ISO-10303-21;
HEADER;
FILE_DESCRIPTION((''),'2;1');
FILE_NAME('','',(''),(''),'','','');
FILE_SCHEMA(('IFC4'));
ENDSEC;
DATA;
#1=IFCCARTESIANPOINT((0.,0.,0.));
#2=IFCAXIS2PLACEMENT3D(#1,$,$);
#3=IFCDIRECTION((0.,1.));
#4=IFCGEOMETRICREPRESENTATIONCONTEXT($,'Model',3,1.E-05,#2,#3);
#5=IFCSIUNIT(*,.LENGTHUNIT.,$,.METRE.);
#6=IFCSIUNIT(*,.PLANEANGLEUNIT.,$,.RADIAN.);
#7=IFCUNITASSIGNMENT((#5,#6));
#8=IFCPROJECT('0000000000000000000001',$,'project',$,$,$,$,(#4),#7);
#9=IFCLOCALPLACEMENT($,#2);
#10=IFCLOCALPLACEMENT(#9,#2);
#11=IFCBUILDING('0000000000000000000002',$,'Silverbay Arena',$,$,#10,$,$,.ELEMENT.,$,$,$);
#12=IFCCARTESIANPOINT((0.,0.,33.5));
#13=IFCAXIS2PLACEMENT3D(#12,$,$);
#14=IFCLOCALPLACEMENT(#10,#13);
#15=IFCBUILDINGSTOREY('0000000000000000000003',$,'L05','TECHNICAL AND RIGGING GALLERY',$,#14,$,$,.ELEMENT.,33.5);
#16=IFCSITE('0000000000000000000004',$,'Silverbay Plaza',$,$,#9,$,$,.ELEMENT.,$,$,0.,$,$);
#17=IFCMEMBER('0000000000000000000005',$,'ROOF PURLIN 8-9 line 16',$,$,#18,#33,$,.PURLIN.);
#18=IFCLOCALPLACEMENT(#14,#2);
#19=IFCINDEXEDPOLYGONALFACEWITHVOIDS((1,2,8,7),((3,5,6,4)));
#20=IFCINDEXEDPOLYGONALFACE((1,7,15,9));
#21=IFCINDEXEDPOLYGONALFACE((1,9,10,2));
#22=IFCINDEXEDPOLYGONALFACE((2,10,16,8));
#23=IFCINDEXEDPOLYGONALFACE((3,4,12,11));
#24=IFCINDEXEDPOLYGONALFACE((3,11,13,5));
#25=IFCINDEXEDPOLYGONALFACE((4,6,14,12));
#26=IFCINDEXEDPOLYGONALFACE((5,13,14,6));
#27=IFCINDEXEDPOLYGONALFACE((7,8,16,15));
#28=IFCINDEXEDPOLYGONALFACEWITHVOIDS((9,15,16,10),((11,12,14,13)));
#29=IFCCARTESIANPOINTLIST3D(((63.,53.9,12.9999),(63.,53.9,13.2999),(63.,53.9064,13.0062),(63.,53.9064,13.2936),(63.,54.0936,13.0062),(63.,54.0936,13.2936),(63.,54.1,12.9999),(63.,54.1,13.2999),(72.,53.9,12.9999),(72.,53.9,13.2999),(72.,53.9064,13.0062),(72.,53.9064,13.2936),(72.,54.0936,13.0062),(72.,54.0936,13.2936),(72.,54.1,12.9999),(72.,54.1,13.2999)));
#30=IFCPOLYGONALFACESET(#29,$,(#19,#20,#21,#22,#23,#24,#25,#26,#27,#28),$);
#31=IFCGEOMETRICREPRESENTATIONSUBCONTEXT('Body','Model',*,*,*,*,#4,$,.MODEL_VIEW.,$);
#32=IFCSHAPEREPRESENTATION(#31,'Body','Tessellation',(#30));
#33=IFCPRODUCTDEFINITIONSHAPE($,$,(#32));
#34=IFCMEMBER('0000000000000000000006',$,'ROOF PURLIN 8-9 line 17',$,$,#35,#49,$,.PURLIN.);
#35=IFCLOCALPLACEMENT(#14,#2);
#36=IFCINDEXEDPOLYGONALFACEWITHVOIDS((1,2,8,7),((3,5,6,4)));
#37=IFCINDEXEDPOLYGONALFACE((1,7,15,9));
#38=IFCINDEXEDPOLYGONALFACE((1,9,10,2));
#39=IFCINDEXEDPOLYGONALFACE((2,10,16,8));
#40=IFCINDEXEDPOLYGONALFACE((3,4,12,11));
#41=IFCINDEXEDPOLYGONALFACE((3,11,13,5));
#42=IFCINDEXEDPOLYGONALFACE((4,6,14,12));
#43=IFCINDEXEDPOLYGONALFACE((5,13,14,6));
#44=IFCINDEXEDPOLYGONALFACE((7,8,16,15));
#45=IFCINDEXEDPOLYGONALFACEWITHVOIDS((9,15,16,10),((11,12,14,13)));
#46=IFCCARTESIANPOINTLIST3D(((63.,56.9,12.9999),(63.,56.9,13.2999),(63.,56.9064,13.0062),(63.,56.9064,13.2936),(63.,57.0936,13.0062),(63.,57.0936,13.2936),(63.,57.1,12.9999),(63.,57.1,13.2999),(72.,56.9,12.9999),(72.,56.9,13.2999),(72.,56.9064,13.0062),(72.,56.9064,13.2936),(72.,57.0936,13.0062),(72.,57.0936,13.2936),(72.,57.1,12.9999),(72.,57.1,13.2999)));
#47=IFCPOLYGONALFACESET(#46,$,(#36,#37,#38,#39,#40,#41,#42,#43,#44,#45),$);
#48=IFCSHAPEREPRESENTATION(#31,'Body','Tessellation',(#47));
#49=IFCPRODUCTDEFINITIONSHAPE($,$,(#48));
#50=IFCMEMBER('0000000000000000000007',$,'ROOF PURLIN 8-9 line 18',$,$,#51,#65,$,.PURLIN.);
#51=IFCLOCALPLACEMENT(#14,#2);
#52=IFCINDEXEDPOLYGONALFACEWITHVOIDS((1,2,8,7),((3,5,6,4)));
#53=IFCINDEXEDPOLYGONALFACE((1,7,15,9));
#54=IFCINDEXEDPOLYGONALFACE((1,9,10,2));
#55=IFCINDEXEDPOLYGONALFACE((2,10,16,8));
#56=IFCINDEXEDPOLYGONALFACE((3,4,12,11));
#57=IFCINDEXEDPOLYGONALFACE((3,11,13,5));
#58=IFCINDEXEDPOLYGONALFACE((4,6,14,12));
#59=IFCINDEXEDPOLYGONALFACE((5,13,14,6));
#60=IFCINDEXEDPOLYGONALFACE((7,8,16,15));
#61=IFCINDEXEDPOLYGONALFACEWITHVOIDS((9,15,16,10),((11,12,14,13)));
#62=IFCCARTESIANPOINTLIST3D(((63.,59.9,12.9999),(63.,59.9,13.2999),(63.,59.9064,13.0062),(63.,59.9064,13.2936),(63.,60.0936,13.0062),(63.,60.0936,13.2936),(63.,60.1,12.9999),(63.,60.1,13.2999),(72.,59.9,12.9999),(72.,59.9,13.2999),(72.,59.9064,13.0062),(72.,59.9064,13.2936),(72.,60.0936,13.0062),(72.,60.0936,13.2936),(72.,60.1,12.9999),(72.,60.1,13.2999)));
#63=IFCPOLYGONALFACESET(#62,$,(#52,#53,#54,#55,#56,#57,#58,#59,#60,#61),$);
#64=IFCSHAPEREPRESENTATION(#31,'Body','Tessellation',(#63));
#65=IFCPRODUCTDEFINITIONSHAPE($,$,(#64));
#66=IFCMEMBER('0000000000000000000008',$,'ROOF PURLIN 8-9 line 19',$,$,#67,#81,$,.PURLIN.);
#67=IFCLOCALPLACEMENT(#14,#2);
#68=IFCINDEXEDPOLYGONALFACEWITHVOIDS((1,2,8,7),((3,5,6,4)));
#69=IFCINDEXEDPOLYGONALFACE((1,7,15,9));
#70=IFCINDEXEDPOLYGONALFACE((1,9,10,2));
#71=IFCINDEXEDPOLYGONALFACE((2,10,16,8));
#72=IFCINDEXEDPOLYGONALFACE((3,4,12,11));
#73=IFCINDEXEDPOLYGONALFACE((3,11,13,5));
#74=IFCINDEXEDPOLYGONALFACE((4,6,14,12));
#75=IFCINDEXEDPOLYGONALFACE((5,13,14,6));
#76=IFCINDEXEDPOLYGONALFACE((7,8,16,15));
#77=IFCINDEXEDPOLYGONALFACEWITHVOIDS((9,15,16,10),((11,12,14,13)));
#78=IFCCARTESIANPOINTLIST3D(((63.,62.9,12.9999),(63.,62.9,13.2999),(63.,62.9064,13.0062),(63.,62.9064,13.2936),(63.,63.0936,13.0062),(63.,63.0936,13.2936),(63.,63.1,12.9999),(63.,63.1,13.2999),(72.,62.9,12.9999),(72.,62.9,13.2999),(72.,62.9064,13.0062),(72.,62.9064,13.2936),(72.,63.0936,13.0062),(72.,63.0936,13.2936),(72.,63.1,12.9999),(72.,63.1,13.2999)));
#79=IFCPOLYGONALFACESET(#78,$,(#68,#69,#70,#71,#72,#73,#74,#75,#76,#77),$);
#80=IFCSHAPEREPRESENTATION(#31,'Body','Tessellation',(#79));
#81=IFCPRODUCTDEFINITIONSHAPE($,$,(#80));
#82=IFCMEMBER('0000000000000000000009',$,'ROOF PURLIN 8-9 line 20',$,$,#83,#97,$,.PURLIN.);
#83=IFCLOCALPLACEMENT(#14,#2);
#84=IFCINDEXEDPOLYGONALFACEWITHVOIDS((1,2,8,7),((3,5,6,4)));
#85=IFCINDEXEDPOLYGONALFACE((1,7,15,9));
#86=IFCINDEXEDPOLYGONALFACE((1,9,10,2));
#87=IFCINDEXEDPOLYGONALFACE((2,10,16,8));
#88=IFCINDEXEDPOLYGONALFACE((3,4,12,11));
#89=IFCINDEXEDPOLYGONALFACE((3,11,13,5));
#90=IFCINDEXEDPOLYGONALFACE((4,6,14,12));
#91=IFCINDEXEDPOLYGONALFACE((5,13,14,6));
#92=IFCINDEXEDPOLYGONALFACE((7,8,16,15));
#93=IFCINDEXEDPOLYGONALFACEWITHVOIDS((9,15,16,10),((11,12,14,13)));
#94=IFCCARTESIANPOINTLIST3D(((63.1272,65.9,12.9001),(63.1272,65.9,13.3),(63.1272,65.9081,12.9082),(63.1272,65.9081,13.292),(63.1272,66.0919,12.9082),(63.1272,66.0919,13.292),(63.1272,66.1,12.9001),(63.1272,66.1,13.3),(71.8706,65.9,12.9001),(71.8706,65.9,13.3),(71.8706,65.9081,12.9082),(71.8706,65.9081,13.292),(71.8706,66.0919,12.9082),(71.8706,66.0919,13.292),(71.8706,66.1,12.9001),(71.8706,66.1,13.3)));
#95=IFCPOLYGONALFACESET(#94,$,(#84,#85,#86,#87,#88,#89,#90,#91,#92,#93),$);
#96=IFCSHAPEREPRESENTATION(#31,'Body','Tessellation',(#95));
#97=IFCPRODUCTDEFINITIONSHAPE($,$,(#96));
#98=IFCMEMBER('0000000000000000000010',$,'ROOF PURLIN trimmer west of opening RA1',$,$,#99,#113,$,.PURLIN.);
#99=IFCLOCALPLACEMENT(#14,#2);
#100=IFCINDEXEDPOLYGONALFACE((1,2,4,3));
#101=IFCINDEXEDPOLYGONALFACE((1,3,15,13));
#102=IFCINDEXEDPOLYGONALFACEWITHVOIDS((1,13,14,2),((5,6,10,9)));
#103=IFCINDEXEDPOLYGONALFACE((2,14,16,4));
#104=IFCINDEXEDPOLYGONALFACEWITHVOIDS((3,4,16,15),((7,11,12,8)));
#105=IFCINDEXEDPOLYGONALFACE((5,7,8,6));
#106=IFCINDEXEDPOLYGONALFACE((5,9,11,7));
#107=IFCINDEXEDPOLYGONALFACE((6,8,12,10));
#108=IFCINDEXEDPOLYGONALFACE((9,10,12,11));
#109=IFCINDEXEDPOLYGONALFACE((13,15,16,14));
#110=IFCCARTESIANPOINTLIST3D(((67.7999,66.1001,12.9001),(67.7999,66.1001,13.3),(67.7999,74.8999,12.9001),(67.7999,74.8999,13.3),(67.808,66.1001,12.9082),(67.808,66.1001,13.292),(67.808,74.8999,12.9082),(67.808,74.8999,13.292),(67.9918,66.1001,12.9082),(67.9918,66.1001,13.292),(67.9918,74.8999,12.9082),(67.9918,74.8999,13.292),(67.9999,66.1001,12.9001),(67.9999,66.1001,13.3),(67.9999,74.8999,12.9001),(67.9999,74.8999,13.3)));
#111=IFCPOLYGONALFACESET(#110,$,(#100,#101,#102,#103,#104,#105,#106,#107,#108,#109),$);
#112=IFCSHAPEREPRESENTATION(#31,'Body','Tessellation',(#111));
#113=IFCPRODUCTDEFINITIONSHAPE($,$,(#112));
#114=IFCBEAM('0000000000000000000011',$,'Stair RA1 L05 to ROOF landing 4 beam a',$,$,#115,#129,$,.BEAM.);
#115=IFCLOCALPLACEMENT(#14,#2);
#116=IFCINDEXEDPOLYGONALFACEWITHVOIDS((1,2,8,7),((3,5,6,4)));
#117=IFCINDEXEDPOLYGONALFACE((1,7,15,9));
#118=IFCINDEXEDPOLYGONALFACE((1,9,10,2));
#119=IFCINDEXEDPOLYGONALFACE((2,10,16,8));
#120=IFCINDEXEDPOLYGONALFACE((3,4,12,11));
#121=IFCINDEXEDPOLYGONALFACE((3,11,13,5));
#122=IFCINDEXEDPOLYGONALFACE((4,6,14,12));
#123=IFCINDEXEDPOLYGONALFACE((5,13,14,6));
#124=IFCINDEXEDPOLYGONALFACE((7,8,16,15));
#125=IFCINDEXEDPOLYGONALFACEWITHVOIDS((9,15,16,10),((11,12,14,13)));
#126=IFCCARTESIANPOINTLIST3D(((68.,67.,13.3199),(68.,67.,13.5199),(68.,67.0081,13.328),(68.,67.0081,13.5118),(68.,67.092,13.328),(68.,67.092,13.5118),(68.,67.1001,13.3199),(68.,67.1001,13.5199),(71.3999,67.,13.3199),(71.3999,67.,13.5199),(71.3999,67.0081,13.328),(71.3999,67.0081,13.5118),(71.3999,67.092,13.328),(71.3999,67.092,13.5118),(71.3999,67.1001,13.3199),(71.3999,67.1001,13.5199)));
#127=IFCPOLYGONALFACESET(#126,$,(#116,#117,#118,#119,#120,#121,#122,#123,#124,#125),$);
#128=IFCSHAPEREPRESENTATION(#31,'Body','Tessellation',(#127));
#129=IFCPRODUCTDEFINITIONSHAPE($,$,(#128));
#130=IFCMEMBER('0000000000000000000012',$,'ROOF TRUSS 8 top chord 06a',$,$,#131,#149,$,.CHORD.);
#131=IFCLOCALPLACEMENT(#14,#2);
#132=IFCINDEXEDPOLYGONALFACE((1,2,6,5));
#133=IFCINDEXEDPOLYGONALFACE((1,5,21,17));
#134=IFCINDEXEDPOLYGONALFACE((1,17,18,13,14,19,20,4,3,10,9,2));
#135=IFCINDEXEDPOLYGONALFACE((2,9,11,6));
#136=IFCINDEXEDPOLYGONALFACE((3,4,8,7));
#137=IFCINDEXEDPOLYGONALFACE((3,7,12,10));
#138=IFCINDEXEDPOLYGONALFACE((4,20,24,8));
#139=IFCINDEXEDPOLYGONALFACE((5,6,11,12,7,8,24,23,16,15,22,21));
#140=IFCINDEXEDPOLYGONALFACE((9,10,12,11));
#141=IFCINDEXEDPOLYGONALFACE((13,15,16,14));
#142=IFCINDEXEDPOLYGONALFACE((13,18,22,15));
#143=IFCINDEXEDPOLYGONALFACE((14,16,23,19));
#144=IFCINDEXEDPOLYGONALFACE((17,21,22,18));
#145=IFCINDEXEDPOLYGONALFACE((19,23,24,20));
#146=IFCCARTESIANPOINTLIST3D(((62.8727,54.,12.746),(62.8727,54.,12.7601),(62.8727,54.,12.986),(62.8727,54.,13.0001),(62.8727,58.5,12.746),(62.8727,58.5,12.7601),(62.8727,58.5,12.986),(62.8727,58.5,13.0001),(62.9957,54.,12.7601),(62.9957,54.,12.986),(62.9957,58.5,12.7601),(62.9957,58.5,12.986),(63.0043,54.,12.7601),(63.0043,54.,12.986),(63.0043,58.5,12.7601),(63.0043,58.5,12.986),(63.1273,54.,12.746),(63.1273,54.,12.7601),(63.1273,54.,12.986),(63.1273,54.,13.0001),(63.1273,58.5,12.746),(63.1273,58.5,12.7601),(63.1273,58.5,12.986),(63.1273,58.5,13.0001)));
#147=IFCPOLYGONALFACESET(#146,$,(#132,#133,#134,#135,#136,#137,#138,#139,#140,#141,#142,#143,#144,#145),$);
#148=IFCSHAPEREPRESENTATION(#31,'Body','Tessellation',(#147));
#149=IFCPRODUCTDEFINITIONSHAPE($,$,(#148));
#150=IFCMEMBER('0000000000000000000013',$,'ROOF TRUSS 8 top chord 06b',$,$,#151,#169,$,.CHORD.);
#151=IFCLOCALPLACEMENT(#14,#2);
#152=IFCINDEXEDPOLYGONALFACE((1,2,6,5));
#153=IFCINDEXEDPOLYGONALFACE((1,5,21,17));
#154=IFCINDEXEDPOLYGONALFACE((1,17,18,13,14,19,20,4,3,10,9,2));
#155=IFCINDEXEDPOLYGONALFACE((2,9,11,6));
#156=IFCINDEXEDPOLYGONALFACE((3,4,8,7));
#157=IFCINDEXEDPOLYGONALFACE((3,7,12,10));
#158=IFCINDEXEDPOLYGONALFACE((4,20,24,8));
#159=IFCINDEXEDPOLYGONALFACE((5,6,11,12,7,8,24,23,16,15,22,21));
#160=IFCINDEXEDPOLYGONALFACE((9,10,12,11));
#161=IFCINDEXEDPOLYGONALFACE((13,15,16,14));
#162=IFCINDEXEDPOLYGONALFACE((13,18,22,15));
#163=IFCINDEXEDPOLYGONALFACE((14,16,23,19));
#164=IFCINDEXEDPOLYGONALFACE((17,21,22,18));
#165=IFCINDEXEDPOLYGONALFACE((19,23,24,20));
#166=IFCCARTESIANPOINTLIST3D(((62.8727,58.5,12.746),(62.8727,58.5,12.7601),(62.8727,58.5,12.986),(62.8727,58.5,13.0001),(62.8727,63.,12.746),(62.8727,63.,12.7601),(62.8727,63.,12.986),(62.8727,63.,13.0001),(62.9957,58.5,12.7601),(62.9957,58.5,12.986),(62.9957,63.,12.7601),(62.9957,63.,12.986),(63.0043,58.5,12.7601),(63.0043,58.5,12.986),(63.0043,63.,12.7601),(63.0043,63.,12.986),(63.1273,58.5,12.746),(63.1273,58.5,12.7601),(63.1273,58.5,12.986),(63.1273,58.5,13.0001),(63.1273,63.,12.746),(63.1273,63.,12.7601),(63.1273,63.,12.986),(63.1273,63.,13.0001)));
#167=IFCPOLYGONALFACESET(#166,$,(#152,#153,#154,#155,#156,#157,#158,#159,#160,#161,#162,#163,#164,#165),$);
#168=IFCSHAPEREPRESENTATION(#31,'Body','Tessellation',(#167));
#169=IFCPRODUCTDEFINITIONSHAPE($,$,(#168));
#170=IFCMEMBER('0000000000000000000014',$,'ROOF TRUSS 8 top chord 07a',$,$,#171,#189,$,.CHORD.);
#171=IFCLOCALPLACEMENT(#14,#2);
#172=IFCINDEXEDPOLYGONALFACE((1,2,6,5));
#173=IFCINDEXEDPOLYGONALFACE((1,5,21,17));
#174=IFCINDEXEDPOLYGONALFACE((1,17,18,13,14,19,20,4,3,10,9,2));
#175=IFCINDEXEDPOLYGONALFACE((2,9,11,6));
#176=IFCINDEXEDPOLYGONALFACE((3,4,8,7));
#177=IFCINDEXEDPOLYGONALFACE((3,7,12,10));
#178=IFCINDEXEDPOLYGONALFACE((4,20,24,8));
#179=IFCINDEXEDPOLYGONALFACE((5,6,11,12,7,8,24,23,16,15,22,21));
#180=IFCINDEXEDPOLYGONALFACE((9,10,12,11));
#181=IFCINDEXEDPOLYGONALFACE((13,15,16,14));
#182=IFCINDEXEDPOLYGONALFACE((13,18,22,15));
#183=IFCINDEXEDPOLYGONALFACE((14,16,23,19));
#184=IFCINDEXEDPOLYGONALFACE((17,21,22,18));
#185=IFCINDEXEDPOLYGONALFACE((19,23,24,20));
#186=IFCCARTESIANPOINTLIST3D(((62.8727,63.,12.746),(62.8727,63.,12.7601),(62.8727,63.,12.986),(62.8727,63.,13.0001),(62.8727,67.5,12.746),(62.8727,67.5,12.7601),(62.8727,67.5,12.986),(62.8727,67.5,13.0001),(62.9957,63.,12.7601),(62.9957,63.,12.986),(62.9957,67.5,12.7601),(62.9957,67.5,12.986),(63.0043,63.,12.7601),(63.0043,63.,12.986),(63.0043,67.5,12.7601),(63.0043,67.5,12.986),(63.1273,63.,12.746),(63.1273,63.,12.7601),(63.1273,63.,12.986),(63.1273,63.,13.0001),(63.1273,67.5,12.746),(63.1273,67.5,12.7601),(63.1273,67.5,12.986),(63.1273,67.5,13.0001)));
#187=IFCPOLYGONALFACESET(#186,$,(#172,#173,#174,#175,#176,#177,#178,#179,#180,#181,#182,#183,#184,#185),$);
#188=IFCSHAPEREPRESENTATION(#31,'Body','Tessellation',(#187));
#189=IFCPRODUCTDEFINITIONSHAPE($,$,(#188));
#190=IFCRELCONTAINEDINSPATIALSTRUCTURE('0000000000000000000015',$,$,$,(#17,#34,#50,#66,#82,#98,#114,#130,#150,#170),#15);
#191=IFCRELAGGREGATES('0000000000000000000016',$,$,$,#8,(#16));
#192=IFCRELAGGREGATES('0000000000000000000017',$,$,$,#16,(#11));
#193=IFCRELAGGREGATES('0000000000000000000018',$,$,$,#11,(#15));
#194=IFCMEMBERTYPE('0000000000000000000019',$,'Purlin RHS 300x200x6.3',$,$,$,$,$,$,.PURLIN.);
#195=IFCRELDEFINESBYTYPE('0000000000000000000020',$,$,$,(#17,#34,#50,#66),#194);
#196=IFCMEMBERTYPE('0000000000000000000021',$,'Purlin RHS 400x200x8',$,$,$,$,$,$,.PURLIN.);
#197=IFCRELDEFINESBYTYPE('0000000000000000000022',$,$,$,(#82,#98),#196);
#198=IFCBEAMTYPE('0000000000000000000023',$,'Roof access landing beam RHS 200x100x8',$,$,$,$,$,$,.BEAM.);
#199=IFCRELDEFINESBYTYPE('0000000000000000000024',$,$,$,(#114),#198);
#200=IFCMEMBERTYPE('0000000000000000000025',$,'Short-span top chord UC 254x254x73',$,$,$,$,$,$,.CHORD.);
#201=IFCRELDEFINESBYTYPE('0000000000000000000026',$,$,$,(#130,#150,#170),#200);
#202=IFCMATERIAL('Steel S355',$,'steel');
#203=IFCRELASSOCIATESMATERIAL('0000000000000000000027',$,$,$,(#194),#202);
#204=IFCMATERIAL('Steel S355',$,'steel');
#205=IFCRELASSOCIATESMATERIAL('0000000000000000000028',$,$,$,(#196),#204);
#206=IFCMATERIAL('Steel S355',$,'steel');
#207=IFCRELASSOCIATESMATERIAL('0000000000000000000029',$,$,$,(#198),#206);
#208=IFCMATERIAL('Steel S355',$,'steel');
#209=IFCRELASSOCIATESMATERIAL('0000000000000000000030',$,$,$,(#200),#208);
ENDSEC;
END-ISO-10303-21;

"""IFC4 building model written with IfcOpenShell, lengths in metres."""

from ifc_helpers import new_model, si_unit, direction, frame, origin, origin_2d, place, context, subcontext, project, spatial, hollow_rectangle, i_section, extrude, material, material_profile, profile_set, type_object, element, save


model = new_model("IFC4")

# Units and contexts
model_context = context("Model", 3, precision=1e-05, world=origin(), true_north=direction((0.0, 1.0)))
body_context = subcontext(model_context, "Body", "Model", "MODEL_VIEW")
ifc_project = project(units=[si_unit("LENGTHUNIT", "METRE"), si_unit("PLANEANGLEUNIT", "RADIAN")], contexts=[model_context])

# Site, building, storey
site_placement = place(None, origin())
site = spatial("IfcSite", under=ifc_project, at=site_placement, Name="Silverbay Plaza", CompositionType="ELEMENT", RefElevation=0.0)
building_placement = place(site_placement, origin())
building = spatial("IfcBuilding", under=site, at=building_placement, Name="Silverbay Arena", CompositionType="ELEMENT")
storey_placement = place(building_placement, frame((0.0, 0.0, 33.5)))
storey = spatial("IfcBuildingStorey", under=building, at=storey_placement, Name="L05", Description="TECHNICAL AND RIGGING GALLERY", CompositionType="ELEMENT", Elevation=33.5)

# Members
ifc_material_1 = material(Name="Steel S355", Category="steel")
ifc_material_profile_1 = material_profile(ifc_material_1, hollow_rectangle(XDim=0.2, YDim=0.3, WallThickness=0.0063, at=origin_2d()), Name="RHS 300x200x6.3")
ifc_profile_set_1 = profile_set([ifc_material_profile_1], Name="Steel S355")
member_type_1 = type_object("IfcMemberType", Name="Purlin RHS 300x200x6.3", PredefinedType="PURLIN", material=ifc_profile_set_1)
for number, where, z_axis, x_axis, name in (
    (1, (63.0, 54.0, 13.1499), (1.0, 0.0, 0.0), (0.0, 1.0, 0.0), "ROOF PURLIN 8-9 line 16"),
    (2, (63.0, 57.0, 13.1499), (1.0, 0.0, 0.0), (0.0, 1.0, 0.0), "ROOF PURLIN 8-9 line 17"),
    (3, (63.0, 60.0, 13.1499), (1.0, 0.0, 0.0), (0.0, 1.0, 0.0), "ROOF PURLIN 8-9 line 18"),
    (4, (63.0, 63.0, 13.1499), (1.0, 0.0, 0.0), (0.0, 1.0, 0.0), "ROOF PURLIN 8-9 line 19"),
):
    element("IfcMember", number, at=place(storey_placement, frame(where, z_axis=z_axis, x_axis=x_axis)), inside=storey, type_object=member_type_1, Name=name, PredefinedType="PURLIN", context=body_context, shape_type="SweptSolid", body=[
        extrude(hollow_rectangle(XDim=0.2, YDim=0.3, WallThickness=0.0063, at=origin_2d()), origin(), (0.0, 0.0, 1.0), 9.0),
    ])
ifc_material_2 = material(Name="Steel S355", Category="steel")
ifc_material_profile_2 = material_profile(ifc_material_2, hollow_rectangle(XDim=0.2, YDim=0.3999, WallThickness=0.0081, at=origin_2d()), Name="RHS 400x200x8")
ifc_profile_set_2 = profile_set([ifc_material_profile_2], Name="Steel S355")
member_type_2 = type_object("IfcMemberType", Name="Purlin RHS 400x200x8", PredefinedType="PURLIN", material=ifc_profile_set_2)
member_1_placement = place(storey_placement, frame((63.1272, 66.0, 13.1001), z_axis=(1.0, 0.0, 0.0), x_axis=(0.0, 1.0, 0.0)))
element("IfcMember", 5, at=member_1_placement, inside=storey, type_object=member_type_2, Name="ROOF PURLIN 8-9 line 20", PredefinedType="PURLIN", context=body_context, shape_type="SweptSolid", body=[
    extrude(hollow_rectangle(XDim=0.2, YDim=0.3999, WallThickness=0.0081, at=origin_2d()), origin(), (0.0, 0.0, 1.0), 8.7434),
])
member_2_placement = place(storey_placement, frame((67.8999, 66.1001, 13.1001), z_axis=(0.0, 1.0, 0.0), x_axis=(-1.0, 0.0, 0.0)))
element("IfcMember", 6, at=member_2_placement, inside=storey, type_object=member_type_2, Name="ROOF PURLIN trimmer west of opening RA1", PredefinedType="PURLIN", context=body_context, shape_type="SweptSolid", body=[
    extrude(hollow_rectangle(XDim=0.2, YDim=0.3999, WallThickness=0.0081, at=origin_2d()), origin(), (0.0, 0.0, 1.0), 8.7998),
])

# Beam
ifc_material_3 = material(Name="Steel S355", Category="steel")
ifc_material_profile_3 = material_profile(ifc_material_3, hollow_rectangle(XDim=0.1001, YDim=0.2, WallThickness=0.0081, at=origin_2d()), Name="RHS 200x100x8")
ifc_profile_set_3 = profile_set([ifc_material_profile_3], Name="Steel S355")
beam_type = type_object("IfcBeamType", Name="Roof access landing beam RHS 200x100x8", PredefinedType="BEAM", material=ifc_profile_set_3)
beam_placement = place(storey_placement, frame((68.0, 67.05, 13.4199), z_axis=(1.0, 0.0, 0.0), x_axis=(0.0, 1.0, 0.0)))
element("IfcBeam", 7, at=beam_placement, inside=storey, type_object=beam_type, Name="Stair RA1 L05 to ROOF landing 4 beam a", PredefinedType="BEAM", context=body_context, shape_type="SweptSolid", body=[
    extrude(hollow_rectangle(XDim=0.1001, YDim=0.2, WallThickness=0.0081, at=origin_2d()), origin(), (0.0, 0.0, 1.0), 3.3999),
])

# Members
ifc_material_4 = material(Name="Steel S355", Category="steel")
ifc_material_profile_4 = material_profile(ifc_material_4, i_section(OverallWidth=0.2546, OverallDepth=0.2542, WebThickness=0.0085, FlangeThickness=0.0142, at=origin_2d()), Name="UC 254x254x73")
ifc_profile_set_4 = profile_set([ifc_material_profile_4], Name="Steel S355")
member_type_3 = type_object("IfcMemberType", Name="Short-span top chord UC 254x254x73", PredefinedType="CHORD", material=ifc_profile_set_4)
for number, where, z_axis, x_axis, name in (
    (8, (63.0, 54.0, 12.873), (0.0, 1.0, 0.0), (-1.0, 0.0, 0.0), "ROOF TRUSS 8 top chord 06a"),
    (9, (63.0, 58.5, 12.873), (0.0, 1.0, 0.0), (-1.0, 0.0, 0.0), "ROOF TRUSS 8 top chord 06b"),
    (10, (63.0, 63.0, 12.873), (0.0, 1.0, 0.0), (-1.0, 0.0, 0.0), "ROOF TRUSS 8 top chord 07a"),
):
    element("IfcMember", number, at=place(storey_placement, frame(where, z_axis=z_axis, x_axis=x_axis)), inside=storey, type_object=member_type_3, Name=name, PredefinedType="CHORD", context=body_context, shape_type="SweptSolid", body=[
        extrude(i_section(OverallWidth=0.2546, OverallDepth=0.2542, WebThickness=0.0085, FlangeThickness=0.0142, at=origin_2d()), origin(), (0.0, 0.0, 1.0), 4.5),
    ])

save(model, "model.ifc")
